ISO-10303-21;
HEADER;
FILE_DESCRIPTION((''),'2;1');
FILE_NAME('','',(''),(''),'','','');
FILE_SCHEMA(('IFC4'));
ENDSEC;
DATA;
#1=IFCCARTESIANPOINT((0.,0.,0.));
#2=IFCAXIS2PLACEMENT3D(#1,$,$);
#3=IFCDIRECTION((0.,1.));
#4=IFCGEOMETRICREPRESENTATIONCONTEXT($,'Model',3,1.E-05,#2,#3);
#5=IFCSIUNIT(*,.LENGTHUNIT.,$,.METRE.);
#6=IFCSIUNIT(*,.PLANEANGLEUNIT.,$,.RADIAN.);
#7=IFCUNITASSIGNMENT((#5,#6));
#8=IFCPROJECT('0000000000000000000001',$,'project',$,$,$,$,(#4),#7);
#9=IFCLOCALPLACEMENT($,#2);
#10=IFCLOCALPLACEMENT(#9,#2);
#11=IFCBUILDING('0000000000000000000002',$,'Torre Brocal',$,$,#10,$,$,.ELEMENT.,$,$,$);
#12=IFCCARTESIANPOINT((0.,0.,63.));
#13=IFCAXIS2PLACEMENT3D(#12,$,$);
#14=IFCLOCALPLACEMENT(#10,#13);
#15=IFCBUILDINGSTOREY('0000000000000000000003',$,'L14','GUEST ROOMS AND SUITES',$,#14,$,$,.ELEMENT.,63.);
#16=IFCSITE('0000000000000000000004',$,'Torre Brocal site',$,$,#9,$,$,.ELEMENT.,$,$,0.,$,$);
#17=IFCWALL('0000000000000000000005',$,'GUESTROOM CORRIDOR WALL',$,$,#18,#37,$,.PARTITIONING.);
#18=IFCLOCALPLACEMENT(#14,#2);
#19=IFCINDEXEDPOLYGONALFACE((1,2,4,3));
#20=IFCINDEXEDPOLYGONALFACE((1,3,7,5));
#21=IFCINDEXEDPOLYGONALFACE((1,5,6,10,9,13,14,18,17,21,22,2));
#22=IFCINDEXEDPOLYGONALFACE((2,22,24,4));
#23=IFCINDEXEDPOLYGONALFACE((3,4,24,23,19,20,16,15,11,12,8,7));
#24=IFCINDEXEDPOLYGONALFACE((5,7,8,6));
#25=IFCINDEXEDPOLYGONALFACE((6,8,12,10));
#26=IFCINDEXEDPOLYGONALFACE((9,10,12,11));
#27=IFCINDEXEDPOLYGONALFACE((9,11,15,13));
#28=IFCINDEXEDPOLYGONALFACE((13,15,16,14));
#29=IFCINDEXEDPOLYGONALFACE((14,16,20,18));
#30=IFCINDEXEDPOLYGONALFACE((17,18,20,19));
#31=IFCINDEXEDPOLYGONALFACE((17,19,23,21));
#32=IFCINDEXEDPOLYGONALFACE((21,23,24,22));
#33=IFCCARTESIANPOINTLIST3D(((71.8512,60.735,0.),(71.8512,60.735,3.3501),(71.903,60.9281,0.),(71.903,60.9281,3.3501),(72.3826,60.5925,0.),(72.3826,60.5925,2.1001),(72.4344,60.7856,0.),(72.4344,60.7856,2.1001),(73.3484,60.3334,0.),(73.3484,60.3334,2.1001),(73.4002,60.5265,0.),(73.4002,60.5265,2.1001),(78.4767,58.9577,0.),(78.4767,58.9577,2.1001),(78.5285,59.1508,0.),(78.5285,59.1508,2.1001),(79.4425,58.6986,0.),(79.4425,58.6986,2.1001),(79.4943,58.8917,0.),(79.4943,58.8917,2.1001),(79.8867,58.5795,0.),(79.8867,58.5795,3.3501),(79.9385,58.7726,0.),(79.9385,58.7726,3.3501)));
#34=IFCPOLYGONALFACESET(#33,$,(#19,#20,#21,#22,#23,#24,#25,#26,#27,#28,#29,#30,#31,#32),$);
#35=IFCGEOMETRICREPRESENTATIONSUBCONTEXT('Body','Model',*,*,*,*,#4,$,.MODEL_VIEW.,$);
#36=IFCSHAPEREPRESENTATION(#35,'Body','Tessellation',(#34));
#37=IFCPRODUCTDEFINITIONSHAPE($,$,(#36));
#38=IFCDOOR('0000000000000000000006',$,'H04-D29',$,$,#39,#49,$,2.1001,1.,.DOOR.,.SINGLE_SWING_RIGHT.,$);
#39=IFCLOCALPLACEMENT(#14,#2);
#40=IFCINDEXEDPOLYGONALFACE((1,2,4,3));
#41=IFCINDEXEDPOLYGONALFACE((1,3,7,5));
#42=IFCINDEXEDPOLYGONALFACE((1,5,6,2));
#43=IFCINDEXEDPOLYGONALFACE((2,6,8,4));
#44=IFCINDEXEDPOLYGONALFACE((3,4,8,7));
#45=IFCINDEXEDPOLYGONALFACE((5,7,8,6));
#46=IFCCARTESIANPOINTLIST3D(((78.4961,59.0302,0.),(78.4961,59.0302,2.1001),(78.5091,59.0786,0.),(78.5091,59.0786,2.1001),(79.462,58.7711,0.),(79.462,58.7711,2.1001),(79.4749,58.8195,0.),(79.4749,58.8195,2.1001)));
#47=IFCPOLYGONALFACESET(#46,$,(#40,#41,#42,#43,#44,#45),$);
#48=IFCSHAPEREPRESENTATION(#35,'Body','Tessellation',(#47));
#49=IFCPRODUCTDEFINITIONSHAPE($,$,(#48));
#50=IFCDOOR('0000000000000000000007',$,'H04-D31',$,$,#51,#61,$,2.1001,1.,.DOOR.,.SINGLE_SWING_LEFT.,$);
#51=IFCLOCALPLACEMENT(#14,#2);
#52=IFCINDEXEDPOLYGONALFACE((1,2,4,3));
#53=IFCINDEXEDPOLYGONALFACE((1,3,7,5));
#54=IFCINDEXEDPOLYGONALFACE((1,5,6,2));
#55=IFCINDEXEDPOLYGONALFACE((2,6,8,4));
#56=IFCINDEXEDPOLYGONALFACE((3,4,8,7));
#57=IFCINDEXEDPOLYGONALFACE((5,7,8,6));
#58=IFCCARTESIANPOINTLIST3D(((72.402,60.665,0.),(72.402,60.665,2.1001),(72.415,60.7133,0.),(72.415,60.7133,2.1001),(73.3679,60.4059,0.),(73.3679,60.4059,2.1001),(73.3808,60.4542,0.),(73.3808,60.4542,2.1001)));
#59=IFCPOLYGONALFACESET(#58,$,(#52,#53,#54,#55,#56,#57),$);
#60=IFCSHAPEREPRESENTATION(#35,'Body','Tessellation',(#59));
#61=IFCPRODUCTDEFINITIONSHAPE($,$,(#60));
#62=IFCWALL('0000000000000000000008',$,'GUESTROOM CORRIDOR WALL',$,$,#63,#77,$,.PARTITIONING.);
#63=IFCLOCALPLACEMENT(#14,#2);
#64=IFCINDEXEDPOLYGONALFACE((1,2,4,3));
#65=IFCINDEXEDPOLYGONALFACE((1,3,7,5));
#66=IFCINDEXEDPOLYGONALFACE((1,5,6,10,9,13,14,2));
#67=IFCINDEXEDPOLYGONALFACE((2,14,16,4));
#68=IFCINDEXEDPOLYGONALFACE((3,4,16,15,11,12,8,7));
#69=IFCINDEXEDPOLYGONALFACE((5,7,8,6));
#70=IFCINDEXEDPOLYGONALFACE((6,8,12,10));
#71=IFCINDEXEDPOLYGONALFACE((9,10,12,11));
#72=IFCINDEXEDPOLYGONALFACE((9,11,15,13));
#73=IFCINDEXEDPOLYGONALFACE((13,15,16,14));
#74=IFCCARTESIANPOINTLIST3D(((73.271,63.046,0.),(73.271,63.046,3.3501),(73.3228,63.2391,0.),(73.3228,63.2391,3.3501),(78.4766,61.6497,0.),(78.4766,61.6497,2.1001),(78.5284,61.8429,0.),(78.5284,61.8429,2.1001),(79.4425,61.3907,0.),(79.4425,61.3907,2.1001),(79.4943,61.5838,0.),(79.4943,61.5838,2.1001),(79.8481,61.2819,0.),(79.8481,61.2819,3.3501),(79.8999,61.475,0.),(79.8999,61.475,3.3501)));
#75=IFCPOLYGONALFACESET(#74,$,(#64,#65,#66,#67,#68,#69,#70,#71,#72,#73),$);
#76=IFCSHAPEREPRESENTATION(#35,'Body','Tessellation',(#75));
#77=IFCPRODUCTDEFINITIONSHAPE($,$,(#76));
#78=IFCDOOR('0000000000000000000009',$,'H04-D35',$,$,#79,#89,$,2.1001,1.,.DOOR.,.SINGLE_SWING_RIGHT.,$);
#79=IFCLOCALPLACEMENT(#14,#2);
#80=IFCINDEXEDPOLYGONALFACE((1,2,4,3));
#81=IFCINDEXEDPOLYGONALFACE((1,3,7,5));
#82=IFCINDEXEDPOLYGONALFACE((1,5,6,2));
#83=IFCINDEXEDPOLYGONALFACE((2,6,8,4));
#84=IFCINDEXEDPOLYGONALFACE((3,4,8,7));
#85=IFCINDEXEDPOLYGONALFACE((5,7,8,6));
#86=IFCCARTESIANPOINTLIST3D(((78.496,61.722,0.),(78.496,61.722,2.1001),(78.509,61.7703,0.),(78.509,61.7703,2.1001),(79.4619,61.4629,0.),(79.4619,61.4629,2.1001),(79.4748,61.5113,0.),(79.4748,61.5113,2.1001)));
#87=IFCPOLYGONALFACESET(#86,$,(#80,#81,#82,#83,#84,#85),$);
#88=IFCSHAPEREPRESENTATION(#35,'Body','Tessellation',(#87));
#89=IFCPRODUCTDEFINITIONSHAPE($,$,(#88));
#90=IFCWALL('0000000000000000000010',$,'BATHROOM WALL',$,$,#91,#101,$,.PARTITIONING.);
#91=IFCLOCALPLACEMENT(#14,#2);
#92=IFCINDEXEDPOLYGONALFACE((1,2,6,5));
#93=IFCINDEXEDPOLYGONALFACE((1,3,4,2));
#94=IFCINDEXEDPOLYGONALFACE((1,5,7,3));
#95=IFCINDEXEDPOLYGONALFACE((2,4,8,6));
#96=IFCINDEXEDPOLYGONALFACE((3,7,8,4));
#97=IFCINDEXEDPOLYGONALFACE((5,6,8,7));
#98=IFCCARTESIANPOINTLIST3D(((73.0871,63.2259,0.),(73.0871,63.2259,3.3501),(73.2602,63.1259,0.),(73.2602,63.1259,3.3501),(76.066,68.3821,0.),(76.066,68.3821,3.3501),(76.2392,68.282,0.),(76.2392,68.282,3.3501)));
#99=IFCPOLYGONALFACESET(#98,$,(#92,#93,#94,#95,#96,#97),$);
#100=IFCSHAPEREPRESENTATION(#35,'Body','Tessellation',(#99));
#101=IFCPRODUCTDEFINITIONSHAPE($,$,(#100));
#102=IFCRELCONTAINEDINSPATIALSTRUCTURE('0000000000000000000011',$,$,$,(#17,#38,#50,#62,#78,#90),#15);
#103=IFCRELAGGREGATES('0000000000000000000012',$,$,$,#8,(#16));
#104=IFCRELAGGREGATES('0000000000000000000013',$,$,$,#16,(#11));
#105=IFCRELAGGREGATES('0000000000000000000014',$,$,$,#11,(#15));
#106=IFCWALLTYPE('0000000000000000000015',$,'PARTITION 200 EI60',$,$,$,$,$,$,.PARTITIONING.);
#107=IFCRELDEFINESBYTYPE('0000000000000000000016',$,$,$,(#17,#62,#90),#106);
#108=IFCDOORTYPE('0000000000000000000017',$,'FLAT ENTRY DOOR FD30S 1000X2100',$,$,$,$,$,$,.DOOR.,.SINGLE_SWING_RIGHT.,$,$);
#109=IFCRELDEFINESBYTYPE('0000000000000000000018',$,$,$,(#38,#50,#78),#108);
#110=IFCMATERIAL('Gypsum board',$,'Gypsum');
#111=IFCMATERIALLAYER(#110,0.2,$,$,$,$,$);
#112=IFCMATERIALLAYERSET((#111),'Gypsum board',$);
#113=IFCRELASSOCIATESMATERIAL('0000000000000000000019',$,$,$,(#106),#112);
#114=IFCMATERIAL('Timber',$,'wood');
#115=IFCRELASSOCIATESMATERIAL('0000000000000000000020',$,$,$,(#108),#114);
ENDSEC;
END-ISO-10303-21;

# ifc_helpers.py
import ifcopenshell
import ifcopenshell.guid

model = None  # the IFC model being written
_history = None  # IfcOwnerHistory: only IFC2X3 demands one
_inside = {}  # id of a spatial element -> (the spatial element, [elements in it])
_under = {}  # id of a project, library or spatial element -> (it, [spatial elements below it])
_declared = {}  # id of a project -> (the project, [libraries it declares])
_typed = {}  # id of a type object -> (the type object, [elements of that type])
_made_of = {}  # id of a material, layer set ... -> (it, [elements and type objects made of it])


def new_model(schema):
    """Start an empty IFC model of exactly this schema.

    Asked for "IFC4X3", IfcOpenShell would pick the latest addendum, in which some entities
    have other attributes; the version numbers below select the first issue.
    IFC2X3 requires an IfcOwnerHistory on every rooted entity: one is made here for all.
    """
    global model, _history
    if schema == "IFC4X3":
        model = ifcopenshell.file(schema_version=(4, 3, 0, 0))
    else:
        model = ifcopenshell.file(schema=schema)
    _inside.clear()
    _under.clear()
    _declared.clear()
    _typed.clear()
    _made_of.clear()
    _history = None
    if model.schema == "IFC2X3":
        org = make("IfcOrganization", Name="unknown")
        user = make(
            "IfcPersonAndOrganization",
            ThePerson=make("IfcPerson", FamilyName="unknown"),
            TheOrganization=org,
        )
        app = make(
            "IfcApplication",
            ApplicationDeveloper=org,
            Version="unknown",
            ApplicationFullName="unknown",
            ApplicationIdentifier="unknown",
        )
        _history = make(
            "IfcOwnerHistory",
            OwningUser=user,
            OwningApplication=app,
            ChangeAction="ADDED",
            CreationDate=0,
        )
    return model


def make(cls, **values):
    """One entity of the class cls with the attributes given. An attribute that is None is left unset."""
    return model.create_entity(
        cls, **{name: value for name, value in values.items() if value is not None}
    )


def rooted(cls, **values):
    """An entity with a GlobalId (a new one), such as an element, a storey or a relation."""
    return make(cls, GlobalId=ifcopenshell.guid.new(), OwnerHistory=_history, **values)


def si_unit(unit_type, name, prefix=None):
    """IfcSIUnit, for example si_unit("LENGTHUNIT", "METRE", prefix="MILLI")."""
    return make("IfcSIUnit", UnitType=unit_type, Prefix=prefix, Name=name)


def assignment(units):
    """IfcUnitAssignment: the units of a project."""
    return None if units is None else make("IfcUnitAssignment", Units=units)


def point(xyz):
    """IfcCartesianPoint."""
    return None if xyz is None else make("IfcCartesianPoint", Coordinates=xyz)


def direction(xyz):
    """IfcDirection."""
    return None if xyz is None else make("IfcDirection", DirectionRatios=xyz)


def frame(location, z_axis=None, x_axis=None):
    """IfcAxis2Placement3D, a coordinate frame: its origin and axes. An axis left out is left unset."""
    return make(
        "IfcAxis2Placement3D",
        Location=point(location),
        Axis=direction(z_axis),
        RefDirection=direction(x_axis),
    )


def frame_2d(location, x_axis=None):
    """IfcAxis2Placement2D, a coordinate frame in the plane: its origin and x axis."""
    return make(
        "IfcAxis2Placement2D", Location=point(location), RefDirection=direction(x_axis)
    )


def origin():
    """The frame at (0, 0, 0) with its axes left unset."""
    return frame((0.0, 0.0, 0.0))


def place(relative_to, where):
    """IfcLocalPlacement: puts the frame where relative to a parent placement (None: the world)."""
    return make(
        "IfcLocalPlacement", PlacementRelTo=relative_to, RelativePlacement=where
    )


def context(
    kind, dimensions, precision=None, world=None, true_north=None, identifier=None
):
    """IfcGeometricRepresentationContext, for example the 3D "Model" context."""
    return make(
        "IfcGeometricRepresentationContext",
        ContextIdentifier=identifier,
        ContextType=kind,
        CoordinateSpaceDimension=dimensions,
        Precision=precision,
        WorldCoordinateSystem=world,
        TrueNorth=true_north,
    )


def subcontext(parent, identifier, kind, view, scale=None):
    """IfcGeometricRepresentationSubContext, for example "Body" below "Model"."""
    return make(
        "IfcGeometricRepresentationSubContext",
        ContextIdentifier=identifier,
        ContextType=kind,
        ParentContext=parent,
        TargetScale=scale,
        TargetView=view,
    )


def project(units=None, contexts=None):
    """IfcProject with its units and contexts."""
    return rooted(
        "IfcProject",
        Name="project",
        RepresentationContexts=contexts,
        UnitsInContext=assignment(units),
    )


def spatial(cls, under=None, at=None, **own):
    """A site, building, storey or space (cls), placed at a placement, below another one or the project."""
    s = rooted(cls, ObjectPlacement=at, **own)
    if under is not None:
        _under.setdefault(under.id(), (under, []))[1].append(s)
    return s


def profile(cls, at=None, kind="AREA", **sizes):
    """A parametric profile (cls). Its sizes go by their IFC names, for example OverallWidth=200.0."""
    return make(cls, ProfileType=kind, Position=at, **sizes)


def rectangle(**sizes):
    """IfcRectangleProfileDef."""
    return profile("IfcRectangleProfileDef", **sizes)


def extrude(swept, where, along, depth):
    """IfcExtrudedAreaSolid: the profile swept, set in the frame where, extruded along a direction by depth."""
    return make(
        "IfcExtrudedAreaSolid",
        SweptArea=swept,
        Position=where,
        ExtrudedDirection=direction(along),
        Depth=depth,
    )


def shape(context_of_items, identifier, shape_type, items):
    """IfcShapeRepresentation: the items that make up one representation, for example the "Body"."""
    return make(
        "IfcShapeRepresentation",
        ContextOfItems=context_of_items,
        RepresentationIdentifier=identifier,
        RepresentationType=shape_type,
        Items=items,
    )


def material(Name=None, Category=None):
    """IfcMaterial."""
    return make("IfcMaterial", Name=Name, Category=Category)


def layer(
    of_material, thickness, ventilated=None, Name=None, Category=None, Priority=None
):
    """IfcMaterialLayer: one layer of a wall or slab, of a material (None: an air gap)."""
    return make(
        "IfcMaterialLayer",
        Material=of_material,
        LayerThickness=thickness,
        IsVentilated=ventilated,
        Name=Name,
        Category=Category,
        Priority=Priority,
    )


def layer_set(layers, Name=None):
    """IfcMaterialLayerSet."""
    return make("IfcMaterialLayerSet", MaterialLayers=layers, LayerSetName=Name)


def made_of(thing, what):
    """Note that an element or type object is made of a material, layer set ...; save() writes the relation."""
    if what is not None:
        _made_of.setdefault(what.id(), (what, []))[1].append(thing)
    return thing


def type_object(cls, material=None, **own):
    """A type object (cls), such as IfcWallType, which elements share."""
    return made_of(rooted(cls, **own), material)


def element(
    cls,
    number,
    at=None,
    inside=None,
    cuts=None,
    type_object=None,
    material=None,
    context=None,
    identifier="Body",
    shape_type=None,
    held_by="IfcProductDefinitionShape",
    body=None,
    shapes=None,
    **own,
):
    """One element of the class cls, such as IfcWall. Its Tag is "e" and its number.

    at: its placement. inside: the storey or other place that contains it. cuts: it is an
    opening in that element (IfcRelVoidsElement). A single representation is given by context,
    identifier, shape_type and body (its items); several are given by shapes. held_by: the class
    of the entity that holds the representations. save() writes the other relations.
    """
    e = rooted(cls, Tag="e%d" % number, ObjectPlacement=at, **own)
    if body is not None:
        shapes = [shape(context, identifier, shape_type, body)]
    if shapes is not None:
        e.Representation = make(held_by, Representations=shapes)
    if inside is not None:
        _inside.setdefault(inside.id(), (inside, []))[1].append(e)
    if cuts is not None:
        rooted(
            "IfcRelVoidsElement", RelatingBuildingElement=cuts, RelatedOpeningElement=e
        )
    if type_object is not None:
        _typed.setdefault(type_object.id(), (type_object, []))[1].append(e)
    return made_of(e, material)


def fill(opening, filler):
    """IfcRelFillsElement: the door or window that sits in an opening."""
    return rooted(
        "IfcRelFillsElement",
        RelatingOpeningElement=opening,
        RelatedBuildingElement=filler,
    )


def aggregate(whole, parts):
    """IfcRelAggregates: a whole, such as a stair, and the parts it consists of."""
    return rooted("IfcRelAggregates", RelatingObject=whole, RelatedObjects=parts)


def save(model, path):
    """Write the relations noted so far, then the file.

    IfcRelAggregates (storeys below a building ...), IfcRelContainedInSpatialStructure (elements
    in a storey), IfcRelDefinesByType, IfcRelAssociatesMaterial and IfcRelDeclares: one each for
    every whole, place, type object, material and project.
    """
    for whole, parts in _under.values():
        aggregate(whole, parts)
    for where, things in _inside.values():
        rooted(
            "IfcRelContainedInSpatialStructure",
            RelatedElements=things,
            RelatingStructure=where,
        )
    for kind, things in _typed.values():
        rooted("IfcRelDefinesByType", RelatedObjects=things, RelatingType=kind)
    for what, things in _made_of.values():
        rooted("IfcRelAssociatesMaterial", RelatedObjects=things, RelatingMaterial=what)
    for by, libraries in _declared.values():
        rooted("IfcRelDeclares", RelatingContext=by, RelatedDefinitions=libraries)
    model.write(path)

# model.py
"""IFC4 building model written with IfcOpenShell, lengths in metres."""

from ifc_helpers import new_model, si_unit, direction, frame, frame_2d, origin, place, context, subcontext, project, spatial, rectangle, extrude, material, layer, layer_set, type_object, element, fill, save


model = new_model("IFC4")

# Units and contexts
model_context = context("Model", 3, precision=1e-05, world=origin(), true_north=direction((0.0, 1.0)))
body_context = subcontext(model_context, "Body", "Model", "MODEL_VIEW")
ifc_project = project(units=[si_unit("LENGTHUNIT", "METRE"), si_unit("PLANEANGLEUNIT", "RADIAN")], contexts=[model_context])

# Site, building, storey
site_placement = place(None, origin())
site = spatial("IfcSite", under=ifc_project, at=site_placement, Name="Torre Brocal site", CompositionType="ELEMENT", RefElevation=0.0)
building_placement = place(site_placement, origin())
building = spatial("IfcBuilding", under=site, at=building_placement, Name="Torre Brocal", CompositionType="ELEMENT")
storey_placement = place(building_placement, frame((0.0, 0.0, 63.0)))
storey = spatial("IfcBuildingStorey", under=building, at=storey_placement, Name="L14", Description="GUEST ROOMS AND SUITES", CompositionType="ELEMENT", Elevation=63.0)

# Shared definitions
ifc_material_1 = material(Name="Gypsum board", Category="Gypsum")
ifc_layer_1 = layer(ifc_material_1, 0.2)
ifc_layer_set_1 = layer_set([ifc_layer_1], Name="Gypsum board")
wall_type_1 = type_object("IfcWallType", Name="PARTITION 200 EI60", PredefinedType="PARTITIONING", material=ifc_layer_set_1)
ifc_material_2 = material(Name="Timber", Category="wood")
door_type_1 = type_object("IfcDoorType", Name="FLAT ENTRY DOOR FD30S 1000X2100", OperationType="SINGLE_SWING_RIGHT", PredefinedType="DOOR", material=ifc_material_2)

# Wall, openings, doors
wall_1_placement = place(storey_placement, frame((71.8772, 60.8315, 0.0), z_axis=(0.0, 0.0, 1.0), x_axis=(0.965853, -0.259093, 0.0)))
wall_1 = element("IfcWall", 1, at=wall_1_placement, inside=storey, type_object=wall_type_1, Name="GUESTROOM CORRIDOR WALL", PredefinedType="PARTITIONING", context=body_context, shape_type="SweptSolid", body=[
    extrude(rectangle(XDim=8.3196, YDim=0.2, at=frame_2d((4.1597, 0.0))), origin(), (0.0, 0.0, 1.0), 3.3501),
])
opening_1_placement = place(wall_1_placement, frame((6.8596, 0.0, 0.0)))
opening_1 = element("IfcOpeningElement", 2, at=opening_1_placement, cuts=wall_1, PredefinedType="OPENING", context=body_context, shape_type="SweptSolid", body=[
    extrude(rectangle(XDim=1.0, YDim=2.1001, at=frame_2d((0.5, 1.05))), frame((0.0, 0.1099, 0.0), z_axis=(0.0, -1.0, 0.0), x_axis=(1.0, 0.0, 0.0)), (0.0, 0.0, 1.0), 0.22),
])
opening_2_placement = place(wall_1_placement, frame((0.55, 0.0, 0.0)))
opening_2 = element("IfcOpeningElement", 3, at=opening_2_placement, cuts=wall_1, PredefinedType="OPENING", context=body_context, shape_type="SweptSolid", body=[
    extrude(rectangle(XDim=1.0, YDim=2.1001, at=frame_2d((0.5, 1.05))), frame((0.0, 0.1099, 0.0), z_axis=(0.0, -1.0, 0.0), x_axis=(1.0, 0.0, 0.0)), (0.0, 0.0, 1.0), 0.22),
])
door_1_placement = place(opening_1_placement, frame((1.0, 0.0, 0.0), z_axis=(0.0, 0.0, 1.0), x_axis=(-1.0, 0.0, 0.0)))
door_1 = element("IfcDoor", 4, at=door_1_placement, inside=storey, type_object=door_type_1, Name="H04-D29", OperationType="SINGLE_SWING_RIGHT", OverallHeight=2.1001, OverallWidth=1.0, PredefinedType="DOOR", context=body_context, shape_type="SweptSolid", body=[
    extrude(rectangle(XDim=1.0, YDim=2.1001, at=frame_2d((0.5, 1.05))), frame((0.0, 0.0249, 0.0), z_axis=(0.0, -1.0, 0.0), x_axis=(1.0, 0.0, 0.0)), (0.0, 0.0, 1.0), 0.05),
])
fill(opening_1, door_1)
door_2_placement = place(opening_2_placement, frame((1.0, 0.0, 0.0), z_axis=(0.0, 0.0, 1.0), x_axis=(-1.0, 0.0, 0.0)))
door_2 = element("IfcDoor", 5, at=door_2_placement, inside=storey, type_object=door_type_1, Name="H04-D31", OperationType="SINGLE_SWING_LEFT", OverallHeight=2.1001, OverallWidth=1.0, PredefinedType="DOOR", context=body_context, shape_type="SweptSolid", body=[
    extrude(rectangle(XDim=1.0, YDim=2.1001, at=frame_2d((0.5, 1.05))), frame((0.0, 0.0249, 0.0), z_axis=(0.0, -1.0, 0.0), x_axis=(1.0, 0.0, 0.0)), (0.0, 0.0, 1.0), 0.05),
])
fill(opening_2, door_2)

# Wall, opening, door
wall_2_placement = place(storey_placement, frame((73.2969, 63.1426, 0.0), z_axis=(0.0, 0.0, 1.0), x_axis=(0.965859, -0.259068, 0.0)))
wall_2 = element("IfcWall", 6, at=wall_2_placement, inside=storey, type_object=wall_type_1, Name="GUESTROOM CORRIDOR WALL", PredefinedType="PARTITIONING", context=body_context, shape_type="SweptSolid", body=[
    extrude(rectangle(XDim=6.8096, YDim=0.2, at=frame_2d((3.4048, 0.0))), origin(), (0.0, 0.0, 1.0), 3.3501),
])
opening_3_placement = place(wall_2_placement, frame((5.3896, 0.0, 0.0)))
opening_3 = element("IfcOpeningElement", 7, at=opening_3_placement, cuts=wall_2, PredefinedType="OPENING", context=body_context, shape_type="SweptSolid", body=[
    extrude(rectangle(XDim=1.0, YDim=2.1001, at=frame_2d((0.5, 1.05))), frame((0.0, 0.1099, 0.0), z_axis=(0.0, -1.0, 0.0), x_axis=(1.0, 0.0, 0.0)), (0.0, 0.0, 1.0), 0.22),
])
door_3_placement = place(opening_3_placement, origin())
door_3 = element("IfcDoor", 8, at=door_3_placement, inside=storey, type_object=door_type_1, Name="H04-D35", OperationType="SINGLE_SWING_RIGHT", OverallHeight=2.1001, OverallWidth=1.0, PredefinedType="DOOR", context=body_context, shape_type="SweptSolid", body=[
    extrude(rectangle(XDim=1.0, YDim=2.1001, at=frame_2d((0.5, 1.05))), frame((0.0, 0.0249, 0.0), z_axis=(0.0, -1.0, 0.0), x_axis=(1.0, 0.0, 0.0)), (0.0, 0.0, 1.0), 0.05),
])
fill(opening_3, door_3)

# Wall
wall_3_placement = place(storey_placement, frame((73.1736, 63.1758, 0.0), z_axis=(0.0, 0.0, 1.0), x_axis=(0.500257, 0.865877, 0.0)))
element("IfcWall", 9, at=wall_3_placement, inside=storey, type_object=wall_type_1, Name="BATHROOM WALL", PredefinedType="PARTITIONING", context=body_context, shape_type="SweptSolid", body=[
    extrude(rectangle(XDim=5.9548, YDim=0.2, at=frame_2d((2.9775, 0.0))), origin(), (0.0, 0.0, 1.0), 3.3501),
])

save(model, "model.ifc")
